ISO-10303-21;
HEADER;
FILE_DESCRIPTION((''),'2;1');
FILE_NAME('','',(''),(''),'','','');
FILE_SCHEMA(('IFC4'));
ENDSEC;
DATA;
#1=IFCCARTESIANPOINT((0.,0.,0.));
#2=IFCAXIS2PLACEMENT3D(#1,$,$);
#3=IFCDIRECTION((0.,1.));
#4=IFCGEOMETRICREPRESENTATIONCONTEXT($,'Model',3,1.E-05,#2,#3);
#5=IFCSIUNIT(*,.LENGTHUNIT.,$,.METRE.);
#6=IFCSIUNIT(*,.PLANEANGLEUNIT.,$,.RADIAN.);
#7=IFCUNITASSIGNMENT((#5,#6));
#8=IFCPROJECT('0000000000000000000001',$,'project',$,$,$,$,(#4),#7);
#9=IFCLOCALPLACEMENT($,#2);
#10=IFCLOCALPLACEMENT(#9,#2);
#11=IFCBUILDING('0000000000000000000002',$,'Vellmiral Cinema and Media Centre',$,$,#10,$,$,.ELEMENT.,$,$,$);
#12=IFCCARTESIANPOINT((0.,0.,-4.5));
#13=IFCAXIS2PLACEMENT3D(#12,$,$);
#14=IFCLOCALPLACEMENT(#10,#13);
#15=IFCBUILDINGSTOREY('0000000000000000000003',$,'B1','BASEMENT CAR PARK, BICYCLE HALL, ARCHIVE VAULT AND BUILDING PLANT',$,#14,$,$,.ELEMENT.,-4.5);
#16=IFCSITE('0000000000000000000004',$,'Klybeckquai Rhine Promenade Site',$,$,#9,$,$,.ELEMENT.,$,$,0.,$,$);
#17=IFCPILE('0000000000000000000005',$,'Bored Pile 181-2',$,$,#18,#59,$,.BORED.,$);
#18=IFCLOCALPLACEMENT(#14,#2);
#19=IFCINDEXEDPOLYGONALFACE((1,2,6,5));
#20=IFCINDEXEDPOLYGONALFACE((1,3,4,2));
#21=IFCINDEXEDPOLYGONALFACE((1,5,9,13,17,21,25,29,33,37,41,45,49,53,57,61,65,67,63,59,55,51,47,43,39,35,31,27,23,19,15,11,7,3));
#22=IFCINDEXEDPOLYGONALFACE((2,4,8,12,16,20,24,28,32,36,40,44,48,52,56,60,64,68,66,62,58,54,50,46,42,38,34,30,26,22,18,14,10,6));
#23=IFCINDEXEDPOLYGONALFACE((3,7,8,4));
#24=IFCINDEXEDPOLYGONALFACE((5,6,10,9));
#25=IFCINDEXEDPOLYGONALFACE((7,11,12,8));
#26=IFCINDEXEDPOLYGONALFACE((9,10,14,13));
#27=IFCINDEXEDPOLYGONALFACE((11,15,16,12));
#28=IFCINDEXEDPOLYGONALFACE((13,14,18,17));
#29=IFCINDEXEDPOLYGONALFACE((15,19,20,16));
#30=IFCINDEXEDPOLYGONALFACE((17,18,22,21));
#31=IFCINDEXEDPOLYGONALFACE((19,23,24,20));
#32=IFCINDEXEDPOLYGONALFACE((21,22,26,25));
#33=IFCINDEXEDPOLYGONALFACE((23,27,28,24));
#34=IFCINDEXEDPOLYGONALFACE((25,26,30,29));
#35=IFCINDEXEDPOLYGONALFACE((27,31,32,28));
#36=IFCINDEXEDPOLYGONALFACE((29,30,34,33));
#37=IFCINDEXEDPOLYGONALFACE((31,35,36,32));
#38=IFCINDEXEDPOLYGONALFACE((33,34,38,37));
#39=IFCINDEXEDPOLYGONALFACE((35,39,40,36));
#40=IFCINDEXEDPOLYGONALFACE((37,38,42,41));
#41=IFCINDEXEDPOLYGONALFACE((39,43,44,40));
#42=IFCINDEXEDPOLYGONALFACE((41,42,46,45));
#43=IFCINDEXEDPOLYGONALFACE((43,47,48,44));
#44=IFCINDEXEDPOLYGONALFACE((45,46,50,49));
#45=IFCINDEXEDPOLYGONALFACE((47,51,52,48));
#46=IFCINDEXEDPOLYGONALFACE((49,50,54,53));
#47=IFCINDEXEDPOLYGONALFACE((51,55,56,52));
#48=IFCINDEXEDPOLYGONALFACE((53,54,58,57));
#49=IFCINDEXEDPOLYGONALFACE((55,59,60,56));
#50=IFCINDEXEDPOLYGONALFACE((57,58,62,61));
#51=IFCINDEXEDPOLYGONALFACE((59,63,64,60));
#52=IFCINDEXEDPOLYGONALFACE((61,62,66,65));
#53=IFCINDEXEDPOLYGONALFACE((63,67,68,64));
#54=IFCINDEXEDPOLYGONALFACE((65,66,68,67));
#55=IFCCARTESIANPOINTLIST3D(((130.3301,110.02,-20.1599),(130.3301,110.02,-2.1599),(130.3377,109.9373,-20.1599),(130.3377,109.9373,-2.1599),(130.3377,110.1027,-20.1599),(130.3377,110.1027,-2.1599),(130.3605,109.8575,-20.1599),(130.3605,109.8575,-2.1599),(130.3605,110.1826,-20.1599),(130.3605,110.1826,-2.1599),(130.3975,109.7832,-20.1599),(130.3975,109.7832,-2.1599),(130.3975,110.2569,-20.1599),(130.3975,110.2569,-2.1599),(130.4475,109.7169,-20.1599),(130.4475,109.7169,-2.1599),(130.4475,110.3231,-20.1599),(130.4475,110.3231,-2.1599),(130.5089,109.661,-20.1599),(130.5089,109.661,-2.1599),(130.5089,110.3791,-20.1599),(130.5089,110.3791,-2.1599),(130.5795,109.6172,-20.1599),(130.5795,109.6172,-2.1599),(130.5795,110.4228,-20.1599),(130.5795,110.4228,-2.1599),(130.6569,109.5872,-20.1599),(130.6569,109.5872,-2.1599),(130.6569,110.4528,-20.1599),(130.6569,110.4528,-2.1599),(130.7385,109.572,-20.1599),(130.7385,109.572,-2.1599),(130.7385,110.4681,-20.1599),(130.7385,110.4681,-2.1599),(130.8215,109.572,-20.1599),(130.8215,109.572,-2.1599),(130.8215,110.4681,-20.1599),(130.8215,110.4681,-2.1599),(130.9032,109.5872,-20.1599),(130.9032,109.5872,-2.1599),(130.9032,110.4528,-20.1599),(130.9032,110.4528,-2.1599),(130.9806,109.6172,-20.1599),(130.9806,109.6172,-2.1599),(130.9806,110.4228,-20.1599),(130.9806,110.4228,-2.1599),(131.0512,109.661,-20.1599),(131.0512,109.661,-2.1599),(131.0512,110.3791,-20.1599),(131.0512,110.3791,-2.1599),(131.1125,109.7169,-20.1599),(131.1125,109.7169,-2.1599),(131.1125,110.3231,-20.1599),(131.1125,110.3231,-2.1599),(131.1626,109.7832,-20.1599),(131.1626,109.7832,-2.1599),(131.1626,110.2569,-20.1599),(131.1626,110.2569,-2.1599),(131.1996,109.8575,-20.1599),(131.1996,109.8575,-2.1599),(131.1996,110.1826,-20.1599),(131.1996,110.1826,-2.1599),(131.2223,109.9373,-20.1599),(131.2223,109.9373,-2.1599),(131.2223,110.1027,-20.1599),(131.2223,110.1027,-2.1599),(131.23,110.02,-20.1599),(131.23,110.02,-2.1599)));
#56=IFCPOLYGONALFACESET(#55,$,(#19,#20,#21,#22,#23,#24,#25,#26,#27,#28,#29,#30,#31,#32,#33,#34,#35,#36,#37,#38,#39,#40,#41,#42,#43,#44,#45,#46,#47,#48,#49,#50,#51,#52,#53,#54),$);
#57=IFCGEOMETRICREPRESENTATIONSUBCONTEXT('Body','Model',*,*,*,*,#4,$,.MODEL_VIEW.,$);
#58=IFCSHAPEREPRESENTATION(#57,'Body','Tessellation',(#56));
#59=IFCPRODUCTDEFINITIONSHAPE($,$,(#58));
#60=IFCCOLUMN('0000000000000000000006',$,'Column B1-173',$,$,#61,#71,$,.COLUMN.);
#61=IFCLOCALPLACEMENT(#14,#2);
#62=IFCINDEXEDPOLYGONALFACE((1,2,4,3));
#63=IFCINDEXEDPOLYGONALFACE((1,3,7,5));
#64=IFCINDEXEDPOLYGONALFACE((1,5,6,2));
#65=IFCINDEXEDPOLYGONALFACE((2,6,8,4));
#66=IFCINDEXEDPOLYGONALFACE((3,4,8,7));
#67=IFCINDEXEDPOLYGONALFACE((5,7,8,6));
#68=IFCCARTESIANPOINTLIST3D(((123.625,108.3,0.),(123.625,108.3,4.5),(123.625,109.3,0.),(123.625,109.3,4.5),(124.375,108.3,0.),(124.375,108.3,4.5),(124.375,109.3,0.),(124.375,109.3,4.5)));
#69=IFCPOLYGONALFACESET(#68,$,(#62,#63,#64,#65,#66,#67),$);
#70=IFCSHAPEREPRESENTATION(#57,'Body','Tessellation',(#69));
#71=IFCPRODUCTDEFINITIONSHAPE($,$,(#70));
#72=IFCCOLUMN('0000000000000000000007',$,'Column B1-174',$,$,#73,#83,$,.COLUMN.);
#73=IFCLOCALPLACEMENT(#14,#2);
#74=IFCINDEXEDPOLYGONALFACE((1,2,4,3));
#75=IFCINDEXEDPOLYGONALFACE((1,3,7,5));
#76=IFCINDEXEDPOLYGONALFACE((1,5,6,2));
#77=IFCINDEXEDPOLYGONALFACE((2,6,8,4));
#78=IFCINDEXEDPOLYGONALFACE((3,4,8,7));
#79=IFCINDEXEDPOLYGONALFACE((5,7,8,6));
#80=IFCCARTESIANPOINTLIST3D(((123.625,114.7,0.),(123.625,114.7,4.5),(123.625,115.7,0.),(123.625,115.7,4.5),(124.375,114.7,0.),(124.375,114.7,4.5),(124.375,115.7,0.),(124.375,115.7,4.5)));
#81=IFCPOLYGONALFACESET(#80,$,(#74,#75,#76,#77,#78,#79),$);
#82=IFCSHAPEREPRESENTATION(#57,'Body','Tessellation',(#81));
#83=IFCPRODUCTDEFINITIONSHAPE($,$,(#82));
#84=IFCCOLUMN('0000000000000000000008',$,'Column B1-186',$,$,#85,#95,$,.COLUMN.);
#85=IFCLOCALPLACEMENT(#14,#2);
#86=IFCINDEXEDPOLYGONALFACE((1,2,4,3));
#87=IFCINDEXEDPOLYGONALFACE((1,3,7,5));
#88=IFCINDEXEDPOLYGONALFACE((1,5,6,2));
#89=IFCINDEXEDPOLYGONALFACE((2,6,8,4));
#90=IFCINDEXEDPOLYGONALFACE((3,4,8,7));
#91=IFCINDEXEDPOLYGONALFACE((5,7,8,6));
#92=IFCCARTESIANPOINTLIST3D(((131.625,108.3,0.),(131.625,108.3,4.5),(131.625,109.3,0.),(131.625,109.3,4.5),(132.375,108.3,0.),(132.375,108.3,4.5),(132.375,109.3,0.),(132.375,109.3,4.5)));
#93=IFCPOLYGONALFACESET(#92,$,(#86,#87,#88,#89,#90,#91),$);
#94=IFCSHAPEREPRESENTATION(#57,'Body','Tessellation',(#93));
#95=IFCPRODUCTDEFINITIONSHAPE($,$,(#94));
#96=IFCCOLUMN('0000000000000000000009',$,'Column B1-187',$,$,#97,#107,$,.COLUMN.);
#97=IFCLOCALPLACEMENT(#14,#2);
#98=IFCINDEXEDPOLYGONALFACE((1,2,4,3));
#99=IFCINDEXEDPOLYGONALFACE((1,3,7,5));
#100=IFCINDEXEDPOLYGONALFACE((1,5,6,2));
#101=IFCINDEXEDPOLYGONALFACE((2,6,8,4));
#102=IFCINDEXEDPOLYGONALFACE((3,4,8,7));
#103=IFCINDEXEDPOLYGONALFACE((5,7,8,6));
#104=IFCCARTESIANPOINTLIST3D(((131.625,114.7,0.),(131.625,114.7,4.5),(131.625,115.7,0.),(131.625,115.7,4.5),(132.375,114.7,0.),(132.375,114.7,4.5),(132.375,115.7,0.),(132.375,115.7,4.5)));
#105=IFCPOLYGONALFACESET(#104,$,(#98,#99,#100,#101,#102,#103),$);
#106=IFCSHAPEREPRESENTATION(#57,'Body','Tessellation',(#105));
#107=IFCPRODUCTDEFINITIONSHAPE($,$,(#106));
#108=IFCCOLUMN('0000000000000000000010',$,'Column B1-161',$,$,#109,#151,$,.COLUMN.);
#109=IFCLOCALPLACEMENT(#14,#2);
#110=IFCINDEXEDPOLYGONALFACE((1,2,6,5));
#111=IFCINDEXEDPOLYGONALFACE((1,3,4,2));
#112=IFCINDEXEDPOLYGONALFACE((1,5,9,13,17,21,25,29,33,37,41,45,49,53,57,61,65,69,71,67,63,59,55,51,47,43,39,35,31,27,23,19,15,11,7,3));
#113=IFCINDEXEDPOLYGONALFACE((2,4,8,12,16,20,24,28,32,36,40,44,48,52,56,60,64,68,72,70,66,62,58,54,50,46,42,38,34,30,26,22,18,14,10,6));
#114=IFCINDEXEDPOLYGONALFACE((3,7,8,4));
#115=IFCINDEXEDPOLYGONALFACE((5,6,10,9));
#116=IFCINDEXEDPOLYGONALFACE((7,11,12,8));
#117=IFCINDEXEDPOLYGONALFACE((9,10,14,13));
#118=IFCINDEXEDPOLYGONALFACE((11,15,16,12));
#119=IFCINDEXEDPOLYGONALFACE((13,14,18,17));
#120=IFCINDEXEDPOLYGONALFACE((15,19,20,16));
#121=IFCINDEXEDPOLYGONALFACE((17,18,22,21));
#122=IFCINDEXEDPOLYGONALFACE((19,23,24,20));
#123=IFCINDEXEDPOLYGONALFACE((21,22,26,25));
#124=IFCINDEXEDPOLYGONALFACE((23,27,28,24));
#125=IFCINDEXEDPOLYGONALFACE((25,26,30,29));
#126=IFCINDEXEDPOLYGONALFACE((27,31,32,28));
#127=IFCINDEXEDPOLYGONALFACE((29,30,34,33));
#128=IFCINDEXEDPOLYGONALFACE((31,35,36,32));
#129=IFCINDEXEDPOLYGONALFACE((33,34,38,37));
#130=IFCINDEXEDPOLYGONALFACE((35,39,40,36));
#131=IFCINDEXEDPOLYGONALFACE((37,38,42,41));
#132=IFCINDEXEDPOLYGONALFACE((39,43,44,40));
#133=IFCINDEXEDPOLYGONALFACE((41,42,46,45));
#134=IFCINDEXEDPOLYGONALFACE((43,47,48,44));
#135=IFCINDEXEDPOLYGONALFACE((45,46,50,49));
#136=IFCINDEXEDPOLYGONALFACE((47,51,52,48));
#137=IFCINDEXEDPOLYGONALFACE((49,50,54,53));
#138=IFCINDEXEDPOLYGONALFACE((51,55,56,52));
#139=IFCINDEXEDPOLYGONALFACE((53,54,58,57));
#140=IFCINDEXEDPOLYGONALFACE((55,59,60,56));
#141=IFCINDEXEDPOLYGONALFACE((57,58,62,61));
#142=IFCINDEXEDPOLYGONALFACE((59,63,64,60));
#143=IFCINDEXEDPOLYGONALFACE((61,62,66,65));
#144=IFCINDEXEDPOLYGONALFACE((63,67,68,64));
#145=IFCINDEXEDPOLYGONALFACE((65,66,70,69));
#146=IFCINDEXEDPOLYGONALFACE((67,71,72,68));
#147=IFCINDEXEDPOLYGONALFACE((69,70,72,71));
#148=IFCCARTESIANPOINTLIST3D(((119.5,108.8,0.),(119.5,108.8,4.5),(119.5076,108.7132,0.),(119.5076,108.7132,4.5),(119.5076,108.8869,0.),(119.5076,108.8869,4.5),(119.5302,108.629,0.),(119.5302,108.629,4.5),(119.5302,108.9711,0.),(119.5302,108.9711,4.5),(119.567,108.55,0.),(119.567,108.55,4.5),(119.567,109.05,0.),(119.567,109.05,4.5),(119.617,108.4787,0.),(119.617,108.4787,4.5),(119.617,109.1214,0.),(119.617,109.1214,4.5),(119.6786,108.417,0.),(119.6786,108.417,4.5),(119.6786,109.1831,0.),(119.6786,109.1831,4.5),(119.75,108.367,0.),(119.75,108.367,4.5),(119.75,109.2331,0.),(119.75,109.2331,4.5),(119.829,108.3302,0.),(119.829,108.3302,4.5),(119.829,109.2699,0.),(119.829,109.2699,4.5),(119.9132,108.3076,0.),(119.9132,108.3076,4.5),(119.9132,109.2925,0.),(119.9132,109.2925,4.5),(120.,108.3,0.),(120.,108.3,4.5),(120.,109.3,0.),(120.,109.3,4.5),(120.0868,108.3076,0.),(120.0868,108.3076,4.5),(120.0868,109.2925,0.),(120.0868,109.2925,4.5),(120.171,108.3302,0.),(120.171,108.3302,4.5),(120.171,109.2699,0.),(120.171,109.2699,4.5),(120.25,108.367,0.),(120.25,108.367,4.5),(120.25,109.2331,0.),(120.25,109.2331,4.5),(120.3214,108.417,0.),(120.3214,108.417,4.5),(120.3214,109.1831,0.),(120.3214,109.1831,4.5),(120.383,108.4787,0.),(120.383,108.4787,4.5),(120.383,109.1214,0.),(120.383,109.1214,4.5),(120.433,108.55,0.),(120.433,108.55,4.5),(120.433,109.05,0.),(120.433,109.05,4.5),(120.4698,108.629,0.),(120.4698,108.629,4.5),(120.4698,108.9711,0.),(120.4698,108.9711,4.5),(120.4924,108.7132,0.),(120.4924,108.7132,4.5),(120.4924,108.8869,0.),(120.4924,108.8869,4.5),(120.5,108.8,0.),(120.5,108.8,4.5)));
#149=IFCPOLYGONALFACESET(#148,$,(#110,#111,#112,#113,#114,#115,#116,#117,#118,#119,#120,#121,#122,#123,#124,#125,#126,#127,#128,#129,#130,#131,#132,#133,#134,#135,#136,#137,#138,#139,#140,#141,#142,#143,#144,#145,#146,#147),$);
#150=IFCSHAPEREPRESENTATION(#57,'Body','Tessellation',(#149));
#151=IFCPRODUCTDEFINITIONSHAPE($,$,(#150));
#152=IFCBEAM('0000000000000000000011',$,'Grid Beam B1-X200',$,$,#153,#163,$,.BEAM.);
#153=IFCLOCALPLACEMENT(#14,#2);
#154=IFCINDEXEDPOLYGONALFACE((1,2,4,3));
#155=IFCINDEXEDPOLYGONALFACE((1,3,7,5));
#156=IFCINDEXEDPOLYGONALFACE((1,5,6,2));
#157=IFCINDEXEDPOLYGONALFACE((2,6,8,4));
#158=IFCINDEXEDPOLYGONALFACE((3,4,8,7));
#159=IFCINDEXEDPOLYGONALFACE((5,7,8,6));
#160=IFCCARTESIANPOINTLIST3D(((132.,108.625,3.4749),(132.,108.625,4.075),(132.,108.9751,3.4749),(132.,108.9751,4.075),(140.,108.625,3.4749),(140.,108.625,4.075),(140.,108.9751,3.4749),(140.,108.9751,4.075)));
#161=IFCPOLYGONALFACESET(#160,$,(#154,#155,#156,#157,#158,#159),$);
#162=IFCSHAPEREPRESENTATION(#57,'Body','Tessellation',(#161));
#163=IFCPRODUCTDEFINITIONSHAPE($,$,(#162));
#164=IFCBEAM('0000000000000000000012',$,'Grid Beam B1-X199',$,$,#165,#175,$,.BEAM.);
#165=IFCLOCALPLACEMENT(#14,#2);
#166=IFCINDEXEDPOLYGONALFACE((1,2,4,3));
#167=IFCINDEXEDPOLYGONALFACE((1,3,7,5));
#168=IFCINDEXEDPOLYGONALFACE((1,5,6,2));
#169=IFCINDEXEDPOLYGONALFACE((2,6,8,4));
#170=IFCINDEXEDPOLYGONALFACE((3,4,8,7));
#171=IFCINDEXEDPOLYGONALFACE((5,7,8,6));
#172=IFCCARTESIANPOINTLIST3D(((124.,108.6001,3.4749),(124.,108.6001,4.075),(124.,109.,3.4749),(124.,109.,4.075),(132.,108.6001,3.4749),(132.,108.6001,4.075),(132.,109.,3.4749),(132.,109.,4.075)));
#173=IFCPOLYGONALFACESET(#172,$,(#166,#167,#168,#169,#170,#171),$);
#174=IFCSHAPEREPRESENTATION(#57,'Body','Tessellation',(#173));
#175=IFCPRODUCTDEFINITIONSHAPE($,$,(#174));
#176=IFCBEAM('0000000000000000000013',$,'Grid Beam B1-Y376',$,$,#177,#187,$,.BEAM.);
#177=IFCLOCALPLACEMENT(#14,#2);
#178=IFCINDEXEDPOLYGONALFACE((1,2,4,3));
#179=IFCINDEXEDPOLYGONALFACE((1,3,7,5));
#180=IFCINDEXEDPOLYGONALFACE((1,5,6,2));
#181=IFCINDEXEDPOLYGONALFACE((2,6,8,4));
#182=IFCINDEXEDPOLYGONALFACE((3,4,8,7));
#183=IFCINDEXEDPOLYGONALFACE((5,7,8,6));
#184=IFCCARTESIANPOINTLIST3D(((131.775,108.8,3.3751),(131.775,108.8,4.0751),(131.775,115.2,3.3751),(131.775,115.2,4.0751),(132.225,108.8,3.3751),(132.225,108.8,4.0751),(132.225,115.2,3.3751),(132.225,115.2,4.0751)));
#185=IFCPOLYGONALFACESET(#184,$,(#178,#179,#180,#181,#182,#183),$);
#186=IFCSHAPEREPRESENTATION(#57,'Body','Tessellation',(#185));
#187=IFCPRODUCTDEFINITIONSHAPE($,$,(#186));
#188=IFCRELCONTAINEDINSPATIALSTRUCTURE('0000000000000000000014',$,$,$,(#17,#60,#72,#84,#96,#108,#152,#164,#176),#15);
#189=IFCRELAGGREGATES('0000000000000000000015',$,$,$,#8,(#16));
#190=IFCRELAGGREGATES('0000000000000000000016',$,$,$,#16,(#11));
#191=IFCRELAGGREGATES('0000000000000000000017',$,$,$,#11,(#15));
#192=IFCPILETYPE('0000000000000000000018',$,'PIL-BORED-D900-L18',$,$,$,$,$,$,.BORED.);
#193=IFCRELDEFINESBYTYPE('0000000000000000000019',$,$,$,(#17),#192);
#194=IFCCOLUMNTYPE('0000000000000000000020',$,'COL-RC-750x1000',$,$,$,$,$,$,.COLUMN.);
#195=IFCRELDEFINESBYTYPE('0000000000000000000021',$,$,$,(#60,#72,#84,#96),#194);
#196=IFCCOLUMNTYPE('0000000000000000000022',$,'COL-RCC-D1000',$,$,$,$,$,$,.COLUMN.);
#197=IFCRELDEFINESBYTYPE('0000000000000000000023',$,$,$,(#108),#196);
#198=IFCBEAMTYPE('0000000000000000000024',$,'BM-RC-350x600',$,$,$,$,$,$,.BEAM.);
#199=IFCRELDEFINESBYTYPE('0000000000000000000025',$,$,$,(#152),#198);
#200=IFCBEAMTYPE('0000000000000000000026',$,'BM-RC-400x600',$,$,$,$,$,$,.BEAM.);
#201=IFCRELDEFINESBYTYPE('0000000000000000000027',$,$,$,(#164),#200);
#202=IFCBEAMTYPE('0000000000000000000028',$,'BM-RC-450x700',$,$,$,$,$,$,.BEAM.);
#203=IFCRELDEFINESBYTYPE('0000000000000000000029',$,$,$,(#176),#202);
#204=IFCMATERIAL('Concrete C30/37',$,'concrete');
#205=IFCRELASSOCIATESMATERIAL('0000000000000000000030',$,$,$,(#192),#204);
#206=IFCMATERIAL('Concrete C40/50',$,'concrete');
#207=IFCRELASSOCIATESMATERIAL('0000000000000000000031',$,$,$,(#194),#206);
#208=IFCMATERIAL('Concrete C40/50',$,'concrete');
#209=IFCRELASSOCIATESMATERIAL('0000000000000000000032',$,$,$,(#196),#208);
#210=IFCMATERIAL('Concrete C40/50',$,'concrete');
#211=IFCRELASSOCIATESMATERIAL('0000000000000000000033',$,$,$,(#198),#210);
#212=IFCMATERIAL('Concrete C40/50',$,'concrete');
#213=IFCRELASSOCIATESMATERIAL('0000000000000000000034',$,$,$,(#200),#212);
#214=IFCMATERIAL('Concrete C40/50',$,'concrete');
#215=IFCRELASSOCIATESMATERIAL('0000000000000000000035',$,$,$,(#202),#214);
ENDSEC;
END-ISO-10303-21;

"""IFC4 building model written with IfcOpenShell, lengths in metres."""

from ifc_helpers import new_model, si_unit, direction, frame, origin, origin_2d, place, context, subcontext, project, spatial, rectangle, circle, extrude, material, material_profile, profile_set, type_object, element, save


model = new_model("IFC4")

# Units and contexts
model_context = context("Model", 3, precision=1e-05, world=origin(), true_north=direction((0.0, 1.0)))
body_context = subcontext(model_context, "Body", "Model", "MODEL_VIEW")
ifc_project = project(units=[si_unit("LENGTHUNIT", "METRE"), si_unit("PLANEANGLEUNIT", "RADIAN")], contexts=[model_context])

# Site, building, storey
site_placement = place(None, origin())
site = spatial("IfcSite", under=ifc_project, at=site_placement, Name="Klybeckquai Rhine Promenade Site", CompositionType="ELEMENT", RefElevation=0.0)
building_placement = place(site_placement, origin())
building = spatial("IfcBuilding", under=site, at=building_placement, Name="Vellmiral Cinema and Media Centre", CompositionType="ELEMENT")
storey_placement = place(building_placement, frame((0.0, 0.0, -4.5)))
storey = spatial("IfcBuildingStorey", under=building, at=storey_placement, Name="B1", Description="BASEMENT CAR PARK, BICYCLE HALL, ARCHIVE VAULT AND BUILDING PLANT", CompositionType="ELEMENT", Elevation=-4.5)

# Pile
ifc_material_1 = material(Name="Concrete C30/37", Category="concrete")
ifc_material_profile_1 = material_profile(ifc_material_1, circle(Radius=0.45, at=origin_2d()), Name="PILE D900")
ifc_profile_set_1 = profile_set([ifc_material_profile_1], Name="Concrete C30/37")
pile_type_1 = type_object("IfcPileType", Name="PIL-BORED-D900-L18", PredefinedType="BORED", material=ifc_profile_set_1)
for number, where, z_axis, x_axis, name in (
    (1, (130.78, 110.02, -2.1599), (0.0, 0.0, -1.0), (1.0, 0.0, 0.0), "Bored Pile 181-2"),
):
    element("IfcPile", number, at=place(storey_placement, frame(where, z_axis=z_axis, x_axis=x_axis)), inside=storey, type_object=pile_type_1, Name=name, PredefinedType="BORED", context=body_context, shape_type="SweptSolid", body=[
        extrude(circle(Radius=0.45, at=origin_2d()), origin(), (0.0, 0.0, 1.0), 18.0),
    ])

# Columns
ifc_material_2 = material(Name="Concrete C40/50", Category="concrete")
ifc_material_profile_2 = material_profile(ifc_material_2, rectangle(XDim=0.75, YDim=1.0, at=origin_2d()), Name="RC 750x1000")
ifc_profile_set_2 = profile_set([ifc_material_profile_2], Name="Concrete C40/50")
column_type_1 = type_object("IfcColumnType", Name="COL-RC-750x1000", PredefinedType="COLUMN", material=ifc_profile_set_2)
for number, where, z_axis, x_axis, name in (
    (2, (124.0, 108.8, 0.0), (0.0, 0.0, 1.0), (1.0, 0.0, 0.0), "Column B1-173"),
    (3, (124.0, 115.2, 0.0), (0.0, 0.0, 1.0), (1.0, 0.0, 0.0), "Column B1-174"),
    (4, (132.0, 108.8, 0.0), (0.0, 0.0, 1.0), (1.0, 0.0, 0.0), "Column B1-186"),
    (5, (132.0, 115.2, 0.0), (0.0, 0.0, 1.0), (1.0, 0.0, 0.0), "Column B1-187"),
):
    element("IfcColumn", number, at=place(storey_placement, frame(where, z_axis=z_axis, x_axis=x_axis)), inside=storey, type_object=column_type_1, Name=name, PredefinedType="COLUMN", context=body_context, shape_type="SweptSolid", body=[
        extrude(rectangle(XDim=0.75, YDim=1.0, at=origin_2d()), origin(), (0.0, 0.0, 1.0), 4.5),
    ])
ifc_material_3 = material(Name="Concrete C40/50", Category="concrete")
ifc_material_profile_3 = material_profile(ifc_material_3, circle(Radius=0.5, at=origin_2d()), Name="RC D1000")
ifc_profile_set_3 = profile_set([ifc_material_profile_3], Name="Concrete C40/50")
column_type_2 = type_object("IfcColumnType", Name="COL-RCC-D1000", PredefinedType="COLUMN", material=ifc_profile_set_3)
column_placement = place(storey_placement, frame((120.0, 108.8, 0.0), z_axis=(0.0, 0.0, 1.0), x_axis=(1.0, 0.0, 0.0)))
element("IfcColumn", 6, at=column_placement, inside=storey, type_object=column_type_2, Name="Column B1-161", PredefinedType="COLUMN", context=body_context, shape_type="SweptSolid", body=[
    extrude(circle(Radius=0.5, at=origin_2d()), origin(), (0.0, 0.0, 1.0), 4.5),
])

# Beams
ifc_material_4 = material(Name="Concrete C40/50", Category="concrete")
ifc_material_profile_4 = material_profile(ifc_material_4, rectangle(XDim=0.3501, YDim=0.6001, at=origin_2d()), Name="RC 350x600")
ifc_profile_set_4 = profile_set([ifc_material_profile_4], Name="Concrete C40/50")
beam_type_1 = type_object("IfcBeamType", Name="BM-RC-350x600", PredefinedType="BEAM", material=ifc_profile_set_4)
beam_1_placement = place(storey_placement, frame((132.0, 108.8, 3.7749), z_axis=(1.0, 0.0, 0.0), x_axis=(0.0, 1.0, 0.0)))
element("IfcBeam", 7, at=beam_1_placement, inside=storey, type_object=beam_type_1, Name="Grid Beam B1-X200", PredefinedType="BEAM", context=body_context, shape_type="SweptSolid", body=[
    extrude(rectangle(XDim=0.3501, YDim=0.6001, at=origin_2d()), origin(), (0.0, 0.0, 1.0), 8.0),
])
ifc_material_5 = material(Name="Concrete C40/50", Category="concrete")
ifc_material_profile_5 = material_profile(ifc_material_5, rectangle(XDim=0.3999, YDim=0.6001, at=origin_2d()), Name="RC 400x600")
ifc_profile_set_5 = profile_set([ifc_material_profile_5], Name="Concrete C40/50")
beam_type_2 = type_object("IfcBeamType", Name="BM-RC-400x600", PredefinedType="BEAM", material=ifc_profile_set_5)
beam_2_placement = place(storey_placement, frame((124.0, 108.8, 3.7749), z_axis=(1.0, 0.0, 0.0), x_axis=(0.0, 1.0, 0.0)))
element("IfcBeam", 8, at=beam_2_placement, inside=storey, type_object=beam_type_2, Name="Grid Beam B1-X199", PredefinedType="BEAM", context=body_context, shape_type="SweptSolid", body=[
    extrude(rectangle(XDim=0.3999, YDim=0.6001, at=origin_2d()), origin(), (0.0, 0.0, 1.0), 8.0),
])
ifc_material_6 = material(Name="Concrete C40/50", Category="concrete")
ifc_material_profile_6 = material_profile(ifc_material_6, rectangle(XDim=0.45, YDim=0.7, at=origin_2d()), Name="RC 450x700")
ifc_profile_set_6 = profile_set([ifc_material_profile_6], Name="Concrete C40/50")
beam_type_3 = type_object("IfcBeamType", Name="BM-RC-450x700", PredefinedType="BEAM", material=ifc_profile_set_6)
beam_3_placement = place(storey_placement, frame((132.0, 108.8, 3.7251), z_axis=(0.0, 1.0, 0.0), x_axis=(-1.0, 0.0, 0.0)))
element("IfcBeam", 9, at=beam_3_placement, inside=storey, type_object=beam_type_3, Name="Grid Beam B1-Y376", PredefinedType="BEAM", context=body_context, shape_type="SweptSolid", body=[
    extrude(rectangle(XDim=0.45, YDim=0.7, at=origin_2d()), origin(), (0.0, 0.0, 1.0), 6.3999),
])

save(model, "model.ifc")
